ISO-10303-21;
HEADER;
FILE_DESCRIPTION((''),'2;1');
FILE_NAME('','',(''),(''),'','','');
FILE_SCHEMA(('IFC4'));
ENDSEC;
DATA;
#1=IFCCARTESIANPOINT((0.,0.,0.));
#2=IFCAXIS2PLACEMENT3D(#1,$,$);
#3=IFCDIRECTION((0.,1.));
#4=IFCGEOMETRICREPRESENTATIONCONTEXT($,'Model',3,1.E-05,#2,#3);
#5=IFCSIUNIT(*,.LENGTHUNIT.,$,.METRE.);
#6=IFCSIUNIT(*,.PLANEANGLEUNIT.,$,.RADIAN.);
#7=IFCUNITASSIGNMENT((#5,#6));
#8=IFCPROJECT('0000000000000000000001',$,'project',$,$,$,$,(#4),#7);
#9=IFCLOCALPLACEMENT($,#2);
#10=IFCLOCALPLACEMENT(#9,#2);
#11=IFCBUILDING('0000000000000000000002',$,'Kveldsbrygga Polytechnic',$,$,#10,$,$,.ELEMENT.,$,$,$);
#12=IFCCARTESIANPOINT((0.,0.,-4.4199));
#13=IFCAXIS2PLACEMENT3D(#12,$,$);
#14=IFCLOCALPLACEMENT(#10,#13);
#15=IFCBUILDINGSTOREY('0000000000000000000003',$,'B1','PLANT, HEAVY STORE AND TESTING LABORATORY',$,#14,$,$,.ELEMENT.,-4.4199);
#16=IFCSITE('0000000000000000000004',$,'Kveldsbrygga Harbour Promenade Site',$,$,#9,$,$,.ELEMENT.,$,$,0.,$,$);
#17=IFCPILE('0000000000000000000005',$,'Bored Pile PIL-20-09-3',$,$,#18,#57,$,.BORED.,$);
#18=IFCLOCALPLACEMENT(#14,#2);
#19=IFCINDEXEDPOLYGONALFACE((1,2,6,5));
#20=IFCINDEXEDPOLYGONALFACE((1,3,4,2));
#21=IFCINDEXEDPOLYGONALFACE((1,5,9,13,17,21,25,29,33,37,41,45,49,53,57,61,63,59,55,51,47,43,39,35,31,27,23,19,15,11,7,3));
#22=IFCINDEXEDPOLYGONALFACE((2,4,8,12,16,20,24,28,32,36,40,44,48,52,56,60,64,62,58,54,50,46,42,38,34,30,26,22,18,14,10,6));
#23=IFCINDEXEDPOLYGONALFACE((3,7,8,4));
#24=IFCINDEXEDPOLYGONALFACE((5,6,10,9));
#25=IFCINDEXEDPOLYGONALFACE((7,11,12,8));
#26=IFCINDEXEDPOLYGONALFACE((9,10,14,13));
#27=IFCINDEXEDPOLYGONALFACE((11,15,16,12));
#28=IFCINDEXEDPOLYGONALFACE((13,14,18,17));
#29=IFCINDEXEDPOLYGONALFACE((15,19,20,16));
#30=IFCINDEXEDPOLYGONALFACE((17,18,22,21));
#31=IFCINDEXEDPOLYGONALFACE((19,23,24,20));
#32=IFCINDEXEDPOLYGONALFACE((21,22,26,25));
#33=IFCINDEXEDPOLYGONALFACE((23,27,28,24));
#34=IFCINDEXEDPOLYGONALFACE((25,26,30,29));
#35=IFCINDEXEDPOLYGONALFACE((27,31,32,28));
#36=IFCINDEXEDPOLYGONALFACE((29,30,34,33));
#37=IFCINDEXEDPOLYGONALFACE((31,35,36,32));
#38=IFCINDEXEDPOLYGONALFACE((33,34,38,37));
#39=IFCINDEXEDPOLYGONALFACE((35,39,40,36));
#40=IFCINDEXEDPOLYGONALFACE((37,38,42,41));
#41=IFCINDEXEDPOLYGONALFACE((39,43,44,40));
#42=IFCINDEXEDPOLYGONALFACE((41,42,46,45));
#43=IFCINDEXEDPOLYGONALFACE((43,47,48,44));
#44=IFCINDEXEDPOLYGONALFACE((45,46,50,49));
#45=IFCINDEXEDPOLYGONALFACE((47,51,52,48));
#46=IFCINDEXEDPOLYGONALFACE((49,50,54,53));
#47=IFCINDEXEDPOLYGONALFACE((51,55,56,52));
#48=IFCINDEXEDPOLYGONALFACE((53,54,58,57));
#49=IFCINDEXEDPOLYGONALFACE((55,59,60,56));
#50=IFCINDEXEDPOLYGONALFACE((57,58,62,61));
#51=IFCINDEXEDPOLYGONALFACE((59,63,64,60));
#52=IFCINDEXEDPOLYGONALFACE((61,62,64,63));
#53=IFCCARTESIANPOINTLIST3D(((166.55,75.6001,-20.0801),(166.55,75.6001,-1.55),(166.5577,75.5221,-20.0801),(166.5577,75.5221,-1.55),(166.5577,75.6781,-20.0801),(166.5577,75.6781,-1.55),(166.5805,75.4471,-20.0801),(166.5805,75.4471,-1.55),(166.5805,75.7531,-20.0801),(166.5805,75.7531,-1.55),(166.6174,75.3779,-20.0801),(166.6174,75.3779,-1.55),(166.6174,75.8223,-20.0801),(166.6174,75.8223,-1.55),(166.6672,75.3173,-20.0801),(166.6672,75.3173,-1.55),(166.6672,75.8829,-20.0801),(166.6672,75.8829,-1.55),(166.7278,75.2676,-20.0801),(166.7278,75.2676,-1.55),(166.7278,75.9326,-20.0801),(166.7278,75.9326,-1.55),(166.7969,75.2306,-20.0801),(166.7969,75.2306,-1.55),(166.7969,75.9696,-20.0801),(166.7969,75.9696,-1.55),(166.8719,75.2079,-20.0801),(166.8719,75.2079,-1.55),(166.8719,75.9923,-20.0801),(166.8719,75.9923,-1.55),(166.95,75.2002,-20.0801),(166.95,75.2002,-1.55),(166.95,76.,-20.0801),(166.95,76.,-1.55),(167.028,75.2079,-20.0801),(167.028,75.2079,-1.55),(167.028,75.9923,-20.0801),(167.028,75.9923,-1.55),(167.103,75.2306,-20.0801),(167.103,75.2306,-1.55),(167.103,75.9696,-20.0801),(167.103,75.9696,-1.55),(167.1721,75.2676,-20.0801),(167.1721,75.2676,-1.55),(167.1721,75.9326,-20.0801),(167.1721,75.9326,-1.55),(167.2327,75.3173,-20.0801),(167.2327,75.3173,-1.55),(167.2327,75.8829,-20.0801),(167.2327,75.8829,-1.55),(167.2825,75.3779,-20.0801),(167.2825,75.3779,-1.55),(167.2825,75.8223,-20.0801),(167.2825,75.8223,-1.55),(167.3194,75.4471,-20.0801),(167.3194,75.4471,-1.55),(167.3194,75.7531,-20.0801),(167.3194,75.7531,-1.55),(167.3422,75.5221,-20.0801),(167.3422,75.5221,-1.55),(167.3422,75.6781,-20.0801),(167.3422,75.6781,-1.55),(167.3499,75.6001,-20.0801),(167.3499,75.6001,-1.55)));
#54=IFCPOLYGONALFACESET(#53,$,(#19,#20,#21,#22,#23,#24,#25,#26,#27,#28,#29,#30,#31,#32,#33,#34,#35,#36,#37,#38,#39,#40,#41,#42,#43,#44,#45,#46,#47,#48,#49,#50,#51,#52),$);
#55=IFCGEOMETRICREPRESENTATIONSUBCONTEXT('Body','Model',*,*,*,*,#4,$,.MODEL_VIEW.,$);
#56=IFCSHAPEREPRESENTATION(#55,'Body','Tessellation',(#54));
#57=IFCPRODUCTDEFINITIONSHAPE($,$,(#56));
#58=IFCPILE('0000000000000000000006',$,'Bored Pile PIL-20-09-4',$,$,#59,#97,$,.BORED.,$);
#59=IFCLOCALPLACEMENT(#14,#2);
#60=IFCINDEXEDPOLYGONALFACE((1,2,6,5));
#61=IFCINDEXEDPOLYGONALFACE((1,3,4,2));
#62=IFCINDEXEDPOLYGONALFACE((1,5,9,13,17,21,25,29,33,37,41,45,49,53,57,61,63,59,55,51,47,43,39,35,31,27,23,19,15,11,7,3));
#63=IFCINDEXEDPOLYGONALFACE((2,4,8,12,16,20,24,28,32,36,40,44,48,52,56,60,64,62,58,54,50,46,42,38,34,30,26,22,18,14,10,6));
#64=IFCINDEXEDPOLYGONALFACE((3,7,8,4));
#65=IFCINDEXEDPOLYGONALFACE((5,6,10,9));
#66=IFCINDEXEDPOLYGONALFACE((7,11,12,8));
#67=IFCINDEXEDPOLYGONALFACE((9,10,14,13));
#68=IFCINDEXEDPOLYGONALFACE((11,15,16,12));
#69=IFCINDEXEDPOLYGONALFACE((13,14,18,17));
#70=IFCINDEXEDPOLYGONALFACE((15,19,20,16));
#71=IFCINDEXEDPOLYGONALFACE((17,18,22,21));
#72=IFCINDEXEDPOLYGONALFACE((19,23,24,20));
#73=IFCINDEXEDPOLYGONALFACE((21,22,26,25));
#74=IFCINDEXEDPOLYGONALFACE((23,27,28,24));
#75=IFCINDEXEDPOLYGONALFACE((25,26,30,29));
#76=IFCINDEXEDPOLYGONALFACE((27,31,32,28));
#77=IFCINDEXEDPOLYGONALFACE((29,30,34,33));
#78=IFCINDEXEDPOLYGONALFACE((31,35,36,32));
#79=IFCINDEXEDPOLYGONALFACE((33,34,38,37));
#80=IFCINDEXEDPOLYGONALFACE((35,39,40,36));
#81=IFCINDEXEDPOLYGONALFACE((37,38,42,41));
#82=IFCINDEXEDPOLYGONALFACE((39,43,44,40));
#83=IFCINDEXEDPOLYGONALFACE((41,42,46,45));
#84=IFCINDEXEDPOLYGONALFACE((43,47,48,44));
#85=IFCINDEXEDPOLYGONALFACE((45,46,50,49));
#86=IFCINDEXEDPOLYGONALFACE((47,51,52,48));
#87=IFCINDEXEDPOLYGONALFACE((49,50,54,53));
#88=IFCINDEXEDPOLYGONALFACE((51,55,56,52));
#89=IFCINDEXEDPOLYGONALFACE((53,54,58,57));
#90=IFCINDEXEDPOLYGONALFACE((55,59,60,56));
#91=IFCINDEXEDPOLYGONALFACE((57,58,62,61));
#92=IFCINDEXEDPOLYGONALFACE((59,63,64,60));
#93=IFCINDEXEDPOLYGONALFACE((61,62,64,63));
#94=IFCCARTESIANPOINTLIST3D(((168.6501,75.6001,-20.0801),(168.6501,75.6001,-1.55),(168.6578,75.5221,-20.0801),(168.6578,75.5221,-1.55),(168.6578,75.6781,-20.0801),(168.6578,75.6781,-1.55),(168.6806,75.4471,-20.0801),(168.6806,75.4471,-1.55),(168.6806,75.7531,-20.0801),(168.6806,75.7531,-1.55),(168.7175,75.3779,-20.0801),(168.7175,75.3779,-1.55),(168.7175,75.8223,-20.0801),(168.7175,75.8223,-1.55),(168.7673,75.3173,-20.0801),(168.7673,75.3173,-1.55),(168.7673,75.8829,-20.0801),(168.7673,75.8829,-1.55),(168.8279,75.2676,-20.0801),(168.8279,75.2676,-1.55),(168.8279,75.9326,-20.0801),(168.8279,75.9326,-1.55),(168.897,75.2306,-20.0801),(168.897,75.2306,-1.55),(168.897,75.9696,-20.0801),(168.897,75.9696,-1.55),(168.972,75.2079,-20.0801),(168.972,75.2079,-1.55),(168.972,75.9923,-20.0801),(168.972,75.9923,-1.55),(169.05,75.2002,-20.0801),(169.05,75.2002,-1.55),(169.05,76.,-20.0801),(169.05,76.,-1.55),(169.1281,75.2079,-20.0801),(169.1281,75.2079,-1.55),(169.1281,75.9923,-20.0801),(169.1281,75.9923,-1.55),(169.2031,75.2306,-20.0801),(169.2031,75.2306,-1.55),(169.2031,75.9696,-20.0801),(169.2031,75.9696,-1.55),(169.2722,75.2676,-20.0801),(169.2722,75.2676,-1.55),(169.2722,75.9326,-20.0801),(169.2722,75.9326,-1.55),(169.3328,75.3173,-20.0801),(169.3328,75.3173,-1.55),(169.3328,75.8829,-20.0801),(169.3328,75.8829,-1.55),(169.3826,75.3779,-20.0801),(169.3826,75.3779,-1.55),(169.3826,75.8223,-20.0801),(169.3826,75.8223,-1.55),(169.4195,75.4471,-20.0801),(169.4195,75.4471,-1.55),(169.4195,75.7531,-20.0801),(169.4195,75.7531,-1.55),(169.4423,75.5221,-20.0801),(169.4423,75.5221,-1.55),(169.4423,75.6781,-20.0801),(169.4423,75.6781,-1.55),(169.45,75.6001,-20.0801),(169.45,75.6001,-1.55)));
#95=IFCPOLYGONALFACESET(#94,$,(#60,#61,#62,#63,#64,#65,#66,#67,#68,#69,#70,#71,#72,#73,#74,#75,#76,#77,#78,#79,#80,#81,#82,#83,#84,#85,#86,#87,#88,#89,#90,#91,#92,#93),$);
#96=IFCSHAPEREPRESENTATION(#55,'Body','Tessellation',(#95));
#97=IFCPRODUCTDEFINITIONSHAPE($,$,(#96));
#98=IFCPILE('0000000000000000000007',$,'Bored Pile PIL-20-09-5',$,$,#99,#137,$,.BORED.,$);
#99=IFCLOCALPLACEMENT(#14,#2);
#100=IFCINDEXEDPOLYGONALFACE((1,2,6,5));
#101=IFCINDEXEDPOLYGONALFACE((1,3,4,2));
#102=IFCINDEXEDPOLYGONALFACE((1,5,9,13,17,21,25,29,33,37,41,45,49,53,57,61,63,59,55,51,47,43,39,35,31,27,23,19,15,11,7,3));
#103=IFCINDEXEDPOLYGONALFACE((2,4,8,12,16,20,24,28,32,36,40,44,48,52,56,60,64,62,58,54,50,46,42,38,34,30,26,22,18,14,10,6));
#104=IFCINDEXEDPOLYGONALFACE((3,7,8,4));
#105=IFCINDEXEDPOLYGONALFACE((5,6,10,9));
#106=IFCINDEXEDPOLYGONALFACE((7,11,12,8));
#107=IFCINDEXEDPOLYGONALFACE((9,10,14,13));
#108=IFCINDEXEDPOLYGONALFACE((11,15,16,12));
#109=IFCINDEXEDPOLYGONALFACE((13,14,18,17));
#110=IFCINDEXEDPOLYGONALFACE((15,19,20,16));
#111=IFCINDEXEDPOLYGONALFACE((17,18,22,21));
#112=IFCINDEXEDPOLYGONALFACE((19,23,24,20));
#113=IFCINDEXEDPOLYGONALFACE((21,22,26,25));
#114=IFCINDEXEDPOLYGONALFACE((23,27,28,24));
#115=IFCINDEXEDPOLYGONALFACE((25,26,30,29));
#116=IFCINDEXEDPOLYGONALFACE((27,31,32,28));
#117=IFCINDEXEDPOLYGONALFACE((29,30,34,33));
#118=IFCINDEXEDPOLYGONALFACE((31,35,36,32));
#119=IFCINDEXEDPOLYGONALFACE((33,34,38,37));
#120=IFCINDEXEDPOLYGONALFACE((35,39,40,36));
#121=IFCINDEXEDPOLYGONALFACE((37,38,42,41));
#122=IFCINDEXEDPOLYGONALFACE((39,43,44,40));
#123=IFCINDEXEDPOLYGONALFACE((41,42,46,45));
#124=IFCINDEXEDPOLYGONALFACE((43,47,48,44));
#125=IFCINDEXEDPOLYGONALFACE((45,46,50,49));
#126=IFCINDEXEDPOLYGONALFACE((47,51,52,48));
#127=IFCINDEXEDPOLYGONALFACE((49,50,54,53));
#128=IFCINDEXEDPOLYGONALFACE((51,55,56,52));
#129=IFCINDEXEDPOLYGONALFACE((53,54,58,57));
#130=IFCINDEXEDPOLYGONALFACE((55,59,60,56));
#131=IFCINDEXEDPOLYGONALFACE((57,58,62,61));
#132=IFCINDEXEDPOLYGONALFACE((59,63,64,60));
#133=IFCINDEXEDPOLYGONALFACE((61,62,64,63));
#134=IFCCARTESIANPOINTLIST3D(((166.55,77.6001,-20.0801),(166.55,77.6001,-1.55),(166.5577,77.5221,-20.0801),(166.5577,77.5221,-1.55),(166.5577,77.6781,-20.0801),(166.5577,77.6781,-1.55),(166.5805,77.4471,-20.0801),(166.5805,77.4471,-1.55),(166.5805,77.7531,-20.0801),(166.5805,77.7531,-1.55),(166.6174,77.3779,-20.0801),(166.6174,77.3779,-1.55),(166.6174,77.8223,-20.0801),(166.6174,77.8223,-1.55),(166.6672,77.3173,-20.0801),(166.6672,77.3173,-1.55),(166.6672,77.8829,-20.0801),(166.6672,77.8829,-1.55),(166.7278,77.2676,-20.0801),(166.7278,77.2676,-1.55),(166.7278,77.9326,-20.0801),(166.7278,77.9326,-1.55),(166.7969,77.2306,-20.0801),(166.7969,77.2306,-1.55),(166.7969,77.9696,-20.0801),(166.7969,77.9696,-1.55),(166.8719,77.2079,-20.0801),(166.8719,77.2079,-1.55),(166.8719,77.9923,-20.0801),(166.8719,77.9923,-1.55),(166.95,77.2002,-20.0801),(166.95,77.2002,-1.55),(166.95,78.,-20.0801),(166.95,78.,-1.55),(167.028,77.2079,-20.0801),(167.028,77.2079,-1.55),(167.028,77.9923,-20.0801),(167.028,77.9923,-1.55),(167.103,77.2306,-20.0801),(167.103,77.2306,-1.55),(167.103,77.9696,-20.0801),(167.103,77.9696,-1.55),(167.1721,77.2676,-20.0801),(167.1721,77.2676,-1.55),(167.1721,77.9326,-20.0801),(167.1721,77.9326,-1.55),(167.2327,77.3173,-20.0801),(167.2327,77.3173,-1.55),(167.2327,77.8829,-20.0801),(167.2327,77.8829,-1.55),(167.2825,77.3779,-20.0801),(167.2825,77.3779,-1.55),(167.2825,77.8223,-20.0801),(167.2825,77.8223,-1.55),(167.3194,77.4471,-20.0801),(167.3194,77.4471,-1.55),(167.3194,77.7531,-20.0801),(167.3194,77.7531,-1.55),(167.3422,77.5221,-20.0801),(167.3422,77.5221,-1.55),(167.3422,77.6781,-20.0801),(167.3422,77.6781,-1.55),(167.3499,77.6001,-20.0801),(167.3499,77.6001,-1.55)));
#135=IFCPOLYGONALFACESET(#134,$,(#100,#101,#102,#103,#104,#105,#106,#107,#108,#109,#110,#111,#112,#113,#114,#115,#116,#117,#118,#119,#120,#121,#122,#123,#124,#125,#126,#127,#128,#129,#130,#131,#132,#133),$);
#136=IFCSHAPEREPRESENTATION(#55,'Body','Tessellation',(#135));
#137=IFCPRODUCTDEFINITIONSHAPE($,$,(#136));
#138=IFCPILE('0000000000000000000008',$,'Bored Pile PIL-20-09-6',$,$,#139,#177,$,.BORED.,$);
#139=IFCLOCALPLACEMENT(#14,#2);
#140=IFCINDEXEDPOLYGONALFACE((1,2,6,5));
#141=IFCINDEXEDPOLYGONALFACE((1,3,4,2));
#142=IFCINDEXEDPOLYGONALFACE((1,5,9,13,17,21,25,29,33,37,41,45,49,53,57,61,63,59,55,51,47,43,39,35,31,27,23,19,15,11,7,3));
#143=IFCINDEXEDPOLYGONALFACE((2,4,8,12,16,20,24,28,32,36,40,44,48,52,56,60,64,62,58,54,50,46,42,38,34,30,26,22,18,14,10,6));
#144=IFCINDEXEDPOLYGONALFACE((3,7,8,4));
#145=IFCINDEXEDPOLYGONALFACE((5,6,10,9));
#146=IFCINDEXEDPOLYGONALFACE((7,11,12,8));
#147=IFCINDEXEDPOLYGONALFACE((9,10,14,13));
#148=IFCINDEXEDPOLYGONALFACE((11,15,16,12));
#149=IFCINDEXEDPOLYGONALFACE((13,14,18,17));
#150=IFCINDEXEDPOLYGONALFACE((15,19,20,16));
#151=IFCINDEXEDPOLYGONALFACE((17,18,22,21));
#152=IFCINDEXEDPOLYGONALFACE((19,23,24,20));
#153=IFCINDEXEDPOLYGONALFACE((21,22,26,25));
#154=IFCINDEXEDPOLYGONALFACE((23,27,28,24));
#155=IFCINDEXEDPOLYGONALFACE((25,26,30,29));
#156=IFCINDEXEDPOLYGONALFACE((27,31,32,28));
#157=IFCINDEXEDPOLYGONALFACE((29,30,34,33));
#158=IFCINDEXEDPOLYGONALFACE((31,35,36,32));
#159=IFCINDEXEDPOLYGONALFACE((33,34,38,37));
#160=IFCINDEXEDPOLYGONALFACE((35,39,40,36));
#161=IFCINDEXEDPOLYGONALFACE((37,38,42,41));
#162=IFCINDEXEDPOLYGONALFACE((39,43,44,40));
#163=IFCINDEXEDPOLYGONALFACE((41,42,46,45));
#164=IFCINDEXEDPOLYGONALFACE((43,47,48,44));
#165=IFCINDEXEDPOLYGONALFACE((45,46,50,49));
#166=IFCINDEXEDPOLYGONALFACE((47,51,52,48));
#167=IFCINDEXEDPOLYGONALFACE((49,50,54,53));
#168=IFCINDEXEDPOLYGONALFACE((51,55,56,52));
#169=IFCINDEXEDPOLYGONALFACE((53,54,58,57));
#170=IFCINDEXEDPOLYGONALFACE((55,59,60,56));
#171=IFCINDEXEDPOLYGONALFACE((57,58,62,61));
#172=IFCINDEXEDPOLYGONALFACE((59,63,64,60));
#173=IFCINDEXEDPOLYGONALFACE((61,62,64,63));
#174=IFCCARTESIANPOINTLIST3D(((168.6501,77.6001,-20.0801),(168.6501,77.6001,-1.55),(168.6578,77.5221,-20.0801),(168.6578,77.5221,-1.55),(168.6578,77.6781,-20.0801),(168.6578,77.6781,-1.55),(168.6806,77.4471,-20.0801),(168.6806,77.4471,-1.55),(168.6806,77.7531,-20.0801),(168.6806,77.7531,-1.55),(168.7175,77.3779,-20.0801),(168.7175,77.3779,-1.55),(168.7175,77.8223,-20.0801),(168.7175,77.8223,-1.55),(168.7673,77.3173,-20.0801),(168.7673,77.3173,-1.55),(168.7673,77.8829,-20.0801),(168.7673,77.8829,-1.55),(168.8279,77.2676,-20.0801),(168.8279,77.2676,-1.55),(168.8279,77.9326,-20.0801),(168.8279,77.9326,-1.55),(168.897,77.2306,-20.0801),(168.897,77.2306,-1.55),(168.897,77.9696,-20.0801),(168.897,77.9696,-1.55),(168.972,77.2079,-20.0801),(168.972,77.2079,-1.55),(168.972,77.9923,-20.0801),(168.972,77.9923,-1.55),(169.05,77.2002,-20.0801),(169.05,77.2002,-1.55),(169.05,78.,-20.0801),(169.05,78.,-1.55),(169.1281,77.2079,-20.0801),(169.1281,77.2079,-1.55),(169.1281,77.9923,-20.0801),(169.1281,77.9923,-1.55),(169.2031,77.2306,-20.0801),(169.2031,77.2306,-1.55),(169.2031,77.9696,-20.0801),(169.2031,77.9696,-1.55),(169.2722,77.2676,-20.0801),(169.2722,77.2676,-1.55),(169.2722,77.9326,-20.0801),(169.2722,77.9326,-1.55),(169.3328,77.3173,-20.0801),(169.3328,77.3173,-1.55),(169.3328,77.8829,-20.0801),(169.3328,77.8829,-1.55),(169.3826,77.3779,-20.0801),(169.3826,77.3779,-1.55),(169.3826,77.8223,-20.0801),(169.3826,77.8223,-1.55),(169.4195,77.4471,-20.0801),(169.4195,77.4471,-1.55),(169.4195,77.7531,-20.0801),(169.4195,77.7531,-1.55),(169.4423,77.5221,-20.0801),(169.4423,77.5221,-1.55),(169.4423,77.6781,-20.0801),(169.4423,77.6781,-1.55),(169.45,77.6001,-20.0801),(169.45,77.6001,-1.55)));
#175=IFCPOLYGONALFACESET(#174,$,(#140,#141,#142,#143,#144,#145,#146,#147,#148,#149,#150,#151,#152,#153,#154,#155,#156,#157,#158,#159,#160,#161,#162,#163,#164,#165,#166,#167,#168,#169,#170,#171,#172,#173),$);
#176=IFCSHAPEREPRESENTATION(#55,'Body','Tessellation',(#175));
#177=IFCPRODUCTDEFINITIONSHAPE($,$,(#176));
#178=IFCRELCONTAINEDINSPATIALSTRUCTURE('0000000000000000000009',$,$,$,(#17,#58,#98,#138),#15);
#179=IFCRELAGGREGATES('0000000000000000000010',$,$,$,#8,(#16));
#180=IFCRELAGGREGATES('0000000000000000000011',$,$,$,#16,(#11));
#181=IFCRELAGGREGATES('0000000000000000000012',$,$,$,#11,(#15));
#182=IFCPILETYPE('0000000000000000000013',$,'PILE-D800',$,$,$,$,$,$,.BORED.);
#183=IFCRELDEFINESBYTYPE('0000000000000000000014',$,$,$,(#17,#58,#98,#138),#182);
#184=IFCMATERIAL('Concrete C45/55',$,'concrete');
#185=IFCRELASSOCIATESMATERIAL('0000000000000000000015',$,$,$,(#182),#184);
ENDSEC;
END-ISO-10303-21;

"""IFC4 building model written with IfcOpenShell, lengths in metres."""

from ifc_helpers import new_model, si_unit, direction, frame, origin, origin_2d, place, context, subcontext, project, spatial, circle, extrude, material, material_profile, profile_set, type_object, element, save


model = new_model("IFC4")

# Units and contexts
model_context = context("Model", 3, precision=1e-05, world=origin(), true_north=direction((0.0, 1.0)))
body_context = subcontext(model_context, "Body", "Model", "MODEL_VIEW")
ifc_project = project(units=[si_unit("LENGTHUNIT", "METRE"), si_unit("PLANEANGLEUNIT", "RADIAN")], contexts=[model_context])

# Site, building, storey
site_placement = place(None, origin())
site = spatial("IfcSite", under=ifc_project, at=site_placement, Name="Kveldsbrygga Harbour Promenade Site", CompositionType="ELEMENT", RefElevation=0.0)
building_placement = place(site_placement, origin())
building = spatial("IfcBuilding", under=site, at=building_placement, Name="Kveldsbrygga Polytechnic", CompositionType="ELEMENT")
storey_placement = place(building_placement, frame((0.0, 0.0, -4.4199)))
storey = spatial("IfcBuildingStorey", under=building, at=storey_placement, Name="B1", Description="PLANT, HEAVY STORE AND TESTING LABORATORY", CompositionType="ELEMENT", Elevation=-4.4199)

# Shared definitions
ifc_material_1 = material(Name="Concrete C45/55", Category="concrete")

# Piles
ifc_material_profile_1 = material_profile(ifc_material_1, circle(Radius=0.3999, at=origin_2d()), Name="PILE D800")
ifc_profile_set_1 = profile_set([ifc_material_profile_1], Name="Concrete C45/55")
pile_type = type_object("IfcPileType", Name="PILE-D800", PredefinedType="BORED", material=ifc_profile_set_1)
for number, where, z_axis, x_axis, name in (
    (1, (166.95, 75.6001, -1.55), (0.0, 0.0, -1.0), (1.0, 0.0, 0.0), "Bored Pile PIL-20-09-3"),
    (2, (169.05, 75.6001, -1.55), (0.0, 0.0, -1.0), (1.0, 0.0, 0.0), "Bored Pile PIL-20-09-4"),
    (3, (166.95, 77.6001, -1.55), (0.0, 0.0, -1.0), (1.0, 0.0, 0.0), "Bored Pile PIL-20-09-5"),
    (4, (169.05, 77.6001, -1.55), (0.0, 0.0, -1.0), (1.0, 0.0, 0.0), "Bored Pile PIL-20-09-6"),
):
    element("IfcPile", number, at=place(storey_placement, frame(where, z_axis=z_axis, x_axis=x_axis)), inside=storey, type_object=pile_type, Name=name, PredefinedType="BORED", context=body_context, shape_type="SweptSolid", body=[
        extrude(circle(Radius=0.3999, at=origin_2d()), origin(), (0.0, 0.0, 1.0), 18.53),
    ])

save(model, "model.ifc")
